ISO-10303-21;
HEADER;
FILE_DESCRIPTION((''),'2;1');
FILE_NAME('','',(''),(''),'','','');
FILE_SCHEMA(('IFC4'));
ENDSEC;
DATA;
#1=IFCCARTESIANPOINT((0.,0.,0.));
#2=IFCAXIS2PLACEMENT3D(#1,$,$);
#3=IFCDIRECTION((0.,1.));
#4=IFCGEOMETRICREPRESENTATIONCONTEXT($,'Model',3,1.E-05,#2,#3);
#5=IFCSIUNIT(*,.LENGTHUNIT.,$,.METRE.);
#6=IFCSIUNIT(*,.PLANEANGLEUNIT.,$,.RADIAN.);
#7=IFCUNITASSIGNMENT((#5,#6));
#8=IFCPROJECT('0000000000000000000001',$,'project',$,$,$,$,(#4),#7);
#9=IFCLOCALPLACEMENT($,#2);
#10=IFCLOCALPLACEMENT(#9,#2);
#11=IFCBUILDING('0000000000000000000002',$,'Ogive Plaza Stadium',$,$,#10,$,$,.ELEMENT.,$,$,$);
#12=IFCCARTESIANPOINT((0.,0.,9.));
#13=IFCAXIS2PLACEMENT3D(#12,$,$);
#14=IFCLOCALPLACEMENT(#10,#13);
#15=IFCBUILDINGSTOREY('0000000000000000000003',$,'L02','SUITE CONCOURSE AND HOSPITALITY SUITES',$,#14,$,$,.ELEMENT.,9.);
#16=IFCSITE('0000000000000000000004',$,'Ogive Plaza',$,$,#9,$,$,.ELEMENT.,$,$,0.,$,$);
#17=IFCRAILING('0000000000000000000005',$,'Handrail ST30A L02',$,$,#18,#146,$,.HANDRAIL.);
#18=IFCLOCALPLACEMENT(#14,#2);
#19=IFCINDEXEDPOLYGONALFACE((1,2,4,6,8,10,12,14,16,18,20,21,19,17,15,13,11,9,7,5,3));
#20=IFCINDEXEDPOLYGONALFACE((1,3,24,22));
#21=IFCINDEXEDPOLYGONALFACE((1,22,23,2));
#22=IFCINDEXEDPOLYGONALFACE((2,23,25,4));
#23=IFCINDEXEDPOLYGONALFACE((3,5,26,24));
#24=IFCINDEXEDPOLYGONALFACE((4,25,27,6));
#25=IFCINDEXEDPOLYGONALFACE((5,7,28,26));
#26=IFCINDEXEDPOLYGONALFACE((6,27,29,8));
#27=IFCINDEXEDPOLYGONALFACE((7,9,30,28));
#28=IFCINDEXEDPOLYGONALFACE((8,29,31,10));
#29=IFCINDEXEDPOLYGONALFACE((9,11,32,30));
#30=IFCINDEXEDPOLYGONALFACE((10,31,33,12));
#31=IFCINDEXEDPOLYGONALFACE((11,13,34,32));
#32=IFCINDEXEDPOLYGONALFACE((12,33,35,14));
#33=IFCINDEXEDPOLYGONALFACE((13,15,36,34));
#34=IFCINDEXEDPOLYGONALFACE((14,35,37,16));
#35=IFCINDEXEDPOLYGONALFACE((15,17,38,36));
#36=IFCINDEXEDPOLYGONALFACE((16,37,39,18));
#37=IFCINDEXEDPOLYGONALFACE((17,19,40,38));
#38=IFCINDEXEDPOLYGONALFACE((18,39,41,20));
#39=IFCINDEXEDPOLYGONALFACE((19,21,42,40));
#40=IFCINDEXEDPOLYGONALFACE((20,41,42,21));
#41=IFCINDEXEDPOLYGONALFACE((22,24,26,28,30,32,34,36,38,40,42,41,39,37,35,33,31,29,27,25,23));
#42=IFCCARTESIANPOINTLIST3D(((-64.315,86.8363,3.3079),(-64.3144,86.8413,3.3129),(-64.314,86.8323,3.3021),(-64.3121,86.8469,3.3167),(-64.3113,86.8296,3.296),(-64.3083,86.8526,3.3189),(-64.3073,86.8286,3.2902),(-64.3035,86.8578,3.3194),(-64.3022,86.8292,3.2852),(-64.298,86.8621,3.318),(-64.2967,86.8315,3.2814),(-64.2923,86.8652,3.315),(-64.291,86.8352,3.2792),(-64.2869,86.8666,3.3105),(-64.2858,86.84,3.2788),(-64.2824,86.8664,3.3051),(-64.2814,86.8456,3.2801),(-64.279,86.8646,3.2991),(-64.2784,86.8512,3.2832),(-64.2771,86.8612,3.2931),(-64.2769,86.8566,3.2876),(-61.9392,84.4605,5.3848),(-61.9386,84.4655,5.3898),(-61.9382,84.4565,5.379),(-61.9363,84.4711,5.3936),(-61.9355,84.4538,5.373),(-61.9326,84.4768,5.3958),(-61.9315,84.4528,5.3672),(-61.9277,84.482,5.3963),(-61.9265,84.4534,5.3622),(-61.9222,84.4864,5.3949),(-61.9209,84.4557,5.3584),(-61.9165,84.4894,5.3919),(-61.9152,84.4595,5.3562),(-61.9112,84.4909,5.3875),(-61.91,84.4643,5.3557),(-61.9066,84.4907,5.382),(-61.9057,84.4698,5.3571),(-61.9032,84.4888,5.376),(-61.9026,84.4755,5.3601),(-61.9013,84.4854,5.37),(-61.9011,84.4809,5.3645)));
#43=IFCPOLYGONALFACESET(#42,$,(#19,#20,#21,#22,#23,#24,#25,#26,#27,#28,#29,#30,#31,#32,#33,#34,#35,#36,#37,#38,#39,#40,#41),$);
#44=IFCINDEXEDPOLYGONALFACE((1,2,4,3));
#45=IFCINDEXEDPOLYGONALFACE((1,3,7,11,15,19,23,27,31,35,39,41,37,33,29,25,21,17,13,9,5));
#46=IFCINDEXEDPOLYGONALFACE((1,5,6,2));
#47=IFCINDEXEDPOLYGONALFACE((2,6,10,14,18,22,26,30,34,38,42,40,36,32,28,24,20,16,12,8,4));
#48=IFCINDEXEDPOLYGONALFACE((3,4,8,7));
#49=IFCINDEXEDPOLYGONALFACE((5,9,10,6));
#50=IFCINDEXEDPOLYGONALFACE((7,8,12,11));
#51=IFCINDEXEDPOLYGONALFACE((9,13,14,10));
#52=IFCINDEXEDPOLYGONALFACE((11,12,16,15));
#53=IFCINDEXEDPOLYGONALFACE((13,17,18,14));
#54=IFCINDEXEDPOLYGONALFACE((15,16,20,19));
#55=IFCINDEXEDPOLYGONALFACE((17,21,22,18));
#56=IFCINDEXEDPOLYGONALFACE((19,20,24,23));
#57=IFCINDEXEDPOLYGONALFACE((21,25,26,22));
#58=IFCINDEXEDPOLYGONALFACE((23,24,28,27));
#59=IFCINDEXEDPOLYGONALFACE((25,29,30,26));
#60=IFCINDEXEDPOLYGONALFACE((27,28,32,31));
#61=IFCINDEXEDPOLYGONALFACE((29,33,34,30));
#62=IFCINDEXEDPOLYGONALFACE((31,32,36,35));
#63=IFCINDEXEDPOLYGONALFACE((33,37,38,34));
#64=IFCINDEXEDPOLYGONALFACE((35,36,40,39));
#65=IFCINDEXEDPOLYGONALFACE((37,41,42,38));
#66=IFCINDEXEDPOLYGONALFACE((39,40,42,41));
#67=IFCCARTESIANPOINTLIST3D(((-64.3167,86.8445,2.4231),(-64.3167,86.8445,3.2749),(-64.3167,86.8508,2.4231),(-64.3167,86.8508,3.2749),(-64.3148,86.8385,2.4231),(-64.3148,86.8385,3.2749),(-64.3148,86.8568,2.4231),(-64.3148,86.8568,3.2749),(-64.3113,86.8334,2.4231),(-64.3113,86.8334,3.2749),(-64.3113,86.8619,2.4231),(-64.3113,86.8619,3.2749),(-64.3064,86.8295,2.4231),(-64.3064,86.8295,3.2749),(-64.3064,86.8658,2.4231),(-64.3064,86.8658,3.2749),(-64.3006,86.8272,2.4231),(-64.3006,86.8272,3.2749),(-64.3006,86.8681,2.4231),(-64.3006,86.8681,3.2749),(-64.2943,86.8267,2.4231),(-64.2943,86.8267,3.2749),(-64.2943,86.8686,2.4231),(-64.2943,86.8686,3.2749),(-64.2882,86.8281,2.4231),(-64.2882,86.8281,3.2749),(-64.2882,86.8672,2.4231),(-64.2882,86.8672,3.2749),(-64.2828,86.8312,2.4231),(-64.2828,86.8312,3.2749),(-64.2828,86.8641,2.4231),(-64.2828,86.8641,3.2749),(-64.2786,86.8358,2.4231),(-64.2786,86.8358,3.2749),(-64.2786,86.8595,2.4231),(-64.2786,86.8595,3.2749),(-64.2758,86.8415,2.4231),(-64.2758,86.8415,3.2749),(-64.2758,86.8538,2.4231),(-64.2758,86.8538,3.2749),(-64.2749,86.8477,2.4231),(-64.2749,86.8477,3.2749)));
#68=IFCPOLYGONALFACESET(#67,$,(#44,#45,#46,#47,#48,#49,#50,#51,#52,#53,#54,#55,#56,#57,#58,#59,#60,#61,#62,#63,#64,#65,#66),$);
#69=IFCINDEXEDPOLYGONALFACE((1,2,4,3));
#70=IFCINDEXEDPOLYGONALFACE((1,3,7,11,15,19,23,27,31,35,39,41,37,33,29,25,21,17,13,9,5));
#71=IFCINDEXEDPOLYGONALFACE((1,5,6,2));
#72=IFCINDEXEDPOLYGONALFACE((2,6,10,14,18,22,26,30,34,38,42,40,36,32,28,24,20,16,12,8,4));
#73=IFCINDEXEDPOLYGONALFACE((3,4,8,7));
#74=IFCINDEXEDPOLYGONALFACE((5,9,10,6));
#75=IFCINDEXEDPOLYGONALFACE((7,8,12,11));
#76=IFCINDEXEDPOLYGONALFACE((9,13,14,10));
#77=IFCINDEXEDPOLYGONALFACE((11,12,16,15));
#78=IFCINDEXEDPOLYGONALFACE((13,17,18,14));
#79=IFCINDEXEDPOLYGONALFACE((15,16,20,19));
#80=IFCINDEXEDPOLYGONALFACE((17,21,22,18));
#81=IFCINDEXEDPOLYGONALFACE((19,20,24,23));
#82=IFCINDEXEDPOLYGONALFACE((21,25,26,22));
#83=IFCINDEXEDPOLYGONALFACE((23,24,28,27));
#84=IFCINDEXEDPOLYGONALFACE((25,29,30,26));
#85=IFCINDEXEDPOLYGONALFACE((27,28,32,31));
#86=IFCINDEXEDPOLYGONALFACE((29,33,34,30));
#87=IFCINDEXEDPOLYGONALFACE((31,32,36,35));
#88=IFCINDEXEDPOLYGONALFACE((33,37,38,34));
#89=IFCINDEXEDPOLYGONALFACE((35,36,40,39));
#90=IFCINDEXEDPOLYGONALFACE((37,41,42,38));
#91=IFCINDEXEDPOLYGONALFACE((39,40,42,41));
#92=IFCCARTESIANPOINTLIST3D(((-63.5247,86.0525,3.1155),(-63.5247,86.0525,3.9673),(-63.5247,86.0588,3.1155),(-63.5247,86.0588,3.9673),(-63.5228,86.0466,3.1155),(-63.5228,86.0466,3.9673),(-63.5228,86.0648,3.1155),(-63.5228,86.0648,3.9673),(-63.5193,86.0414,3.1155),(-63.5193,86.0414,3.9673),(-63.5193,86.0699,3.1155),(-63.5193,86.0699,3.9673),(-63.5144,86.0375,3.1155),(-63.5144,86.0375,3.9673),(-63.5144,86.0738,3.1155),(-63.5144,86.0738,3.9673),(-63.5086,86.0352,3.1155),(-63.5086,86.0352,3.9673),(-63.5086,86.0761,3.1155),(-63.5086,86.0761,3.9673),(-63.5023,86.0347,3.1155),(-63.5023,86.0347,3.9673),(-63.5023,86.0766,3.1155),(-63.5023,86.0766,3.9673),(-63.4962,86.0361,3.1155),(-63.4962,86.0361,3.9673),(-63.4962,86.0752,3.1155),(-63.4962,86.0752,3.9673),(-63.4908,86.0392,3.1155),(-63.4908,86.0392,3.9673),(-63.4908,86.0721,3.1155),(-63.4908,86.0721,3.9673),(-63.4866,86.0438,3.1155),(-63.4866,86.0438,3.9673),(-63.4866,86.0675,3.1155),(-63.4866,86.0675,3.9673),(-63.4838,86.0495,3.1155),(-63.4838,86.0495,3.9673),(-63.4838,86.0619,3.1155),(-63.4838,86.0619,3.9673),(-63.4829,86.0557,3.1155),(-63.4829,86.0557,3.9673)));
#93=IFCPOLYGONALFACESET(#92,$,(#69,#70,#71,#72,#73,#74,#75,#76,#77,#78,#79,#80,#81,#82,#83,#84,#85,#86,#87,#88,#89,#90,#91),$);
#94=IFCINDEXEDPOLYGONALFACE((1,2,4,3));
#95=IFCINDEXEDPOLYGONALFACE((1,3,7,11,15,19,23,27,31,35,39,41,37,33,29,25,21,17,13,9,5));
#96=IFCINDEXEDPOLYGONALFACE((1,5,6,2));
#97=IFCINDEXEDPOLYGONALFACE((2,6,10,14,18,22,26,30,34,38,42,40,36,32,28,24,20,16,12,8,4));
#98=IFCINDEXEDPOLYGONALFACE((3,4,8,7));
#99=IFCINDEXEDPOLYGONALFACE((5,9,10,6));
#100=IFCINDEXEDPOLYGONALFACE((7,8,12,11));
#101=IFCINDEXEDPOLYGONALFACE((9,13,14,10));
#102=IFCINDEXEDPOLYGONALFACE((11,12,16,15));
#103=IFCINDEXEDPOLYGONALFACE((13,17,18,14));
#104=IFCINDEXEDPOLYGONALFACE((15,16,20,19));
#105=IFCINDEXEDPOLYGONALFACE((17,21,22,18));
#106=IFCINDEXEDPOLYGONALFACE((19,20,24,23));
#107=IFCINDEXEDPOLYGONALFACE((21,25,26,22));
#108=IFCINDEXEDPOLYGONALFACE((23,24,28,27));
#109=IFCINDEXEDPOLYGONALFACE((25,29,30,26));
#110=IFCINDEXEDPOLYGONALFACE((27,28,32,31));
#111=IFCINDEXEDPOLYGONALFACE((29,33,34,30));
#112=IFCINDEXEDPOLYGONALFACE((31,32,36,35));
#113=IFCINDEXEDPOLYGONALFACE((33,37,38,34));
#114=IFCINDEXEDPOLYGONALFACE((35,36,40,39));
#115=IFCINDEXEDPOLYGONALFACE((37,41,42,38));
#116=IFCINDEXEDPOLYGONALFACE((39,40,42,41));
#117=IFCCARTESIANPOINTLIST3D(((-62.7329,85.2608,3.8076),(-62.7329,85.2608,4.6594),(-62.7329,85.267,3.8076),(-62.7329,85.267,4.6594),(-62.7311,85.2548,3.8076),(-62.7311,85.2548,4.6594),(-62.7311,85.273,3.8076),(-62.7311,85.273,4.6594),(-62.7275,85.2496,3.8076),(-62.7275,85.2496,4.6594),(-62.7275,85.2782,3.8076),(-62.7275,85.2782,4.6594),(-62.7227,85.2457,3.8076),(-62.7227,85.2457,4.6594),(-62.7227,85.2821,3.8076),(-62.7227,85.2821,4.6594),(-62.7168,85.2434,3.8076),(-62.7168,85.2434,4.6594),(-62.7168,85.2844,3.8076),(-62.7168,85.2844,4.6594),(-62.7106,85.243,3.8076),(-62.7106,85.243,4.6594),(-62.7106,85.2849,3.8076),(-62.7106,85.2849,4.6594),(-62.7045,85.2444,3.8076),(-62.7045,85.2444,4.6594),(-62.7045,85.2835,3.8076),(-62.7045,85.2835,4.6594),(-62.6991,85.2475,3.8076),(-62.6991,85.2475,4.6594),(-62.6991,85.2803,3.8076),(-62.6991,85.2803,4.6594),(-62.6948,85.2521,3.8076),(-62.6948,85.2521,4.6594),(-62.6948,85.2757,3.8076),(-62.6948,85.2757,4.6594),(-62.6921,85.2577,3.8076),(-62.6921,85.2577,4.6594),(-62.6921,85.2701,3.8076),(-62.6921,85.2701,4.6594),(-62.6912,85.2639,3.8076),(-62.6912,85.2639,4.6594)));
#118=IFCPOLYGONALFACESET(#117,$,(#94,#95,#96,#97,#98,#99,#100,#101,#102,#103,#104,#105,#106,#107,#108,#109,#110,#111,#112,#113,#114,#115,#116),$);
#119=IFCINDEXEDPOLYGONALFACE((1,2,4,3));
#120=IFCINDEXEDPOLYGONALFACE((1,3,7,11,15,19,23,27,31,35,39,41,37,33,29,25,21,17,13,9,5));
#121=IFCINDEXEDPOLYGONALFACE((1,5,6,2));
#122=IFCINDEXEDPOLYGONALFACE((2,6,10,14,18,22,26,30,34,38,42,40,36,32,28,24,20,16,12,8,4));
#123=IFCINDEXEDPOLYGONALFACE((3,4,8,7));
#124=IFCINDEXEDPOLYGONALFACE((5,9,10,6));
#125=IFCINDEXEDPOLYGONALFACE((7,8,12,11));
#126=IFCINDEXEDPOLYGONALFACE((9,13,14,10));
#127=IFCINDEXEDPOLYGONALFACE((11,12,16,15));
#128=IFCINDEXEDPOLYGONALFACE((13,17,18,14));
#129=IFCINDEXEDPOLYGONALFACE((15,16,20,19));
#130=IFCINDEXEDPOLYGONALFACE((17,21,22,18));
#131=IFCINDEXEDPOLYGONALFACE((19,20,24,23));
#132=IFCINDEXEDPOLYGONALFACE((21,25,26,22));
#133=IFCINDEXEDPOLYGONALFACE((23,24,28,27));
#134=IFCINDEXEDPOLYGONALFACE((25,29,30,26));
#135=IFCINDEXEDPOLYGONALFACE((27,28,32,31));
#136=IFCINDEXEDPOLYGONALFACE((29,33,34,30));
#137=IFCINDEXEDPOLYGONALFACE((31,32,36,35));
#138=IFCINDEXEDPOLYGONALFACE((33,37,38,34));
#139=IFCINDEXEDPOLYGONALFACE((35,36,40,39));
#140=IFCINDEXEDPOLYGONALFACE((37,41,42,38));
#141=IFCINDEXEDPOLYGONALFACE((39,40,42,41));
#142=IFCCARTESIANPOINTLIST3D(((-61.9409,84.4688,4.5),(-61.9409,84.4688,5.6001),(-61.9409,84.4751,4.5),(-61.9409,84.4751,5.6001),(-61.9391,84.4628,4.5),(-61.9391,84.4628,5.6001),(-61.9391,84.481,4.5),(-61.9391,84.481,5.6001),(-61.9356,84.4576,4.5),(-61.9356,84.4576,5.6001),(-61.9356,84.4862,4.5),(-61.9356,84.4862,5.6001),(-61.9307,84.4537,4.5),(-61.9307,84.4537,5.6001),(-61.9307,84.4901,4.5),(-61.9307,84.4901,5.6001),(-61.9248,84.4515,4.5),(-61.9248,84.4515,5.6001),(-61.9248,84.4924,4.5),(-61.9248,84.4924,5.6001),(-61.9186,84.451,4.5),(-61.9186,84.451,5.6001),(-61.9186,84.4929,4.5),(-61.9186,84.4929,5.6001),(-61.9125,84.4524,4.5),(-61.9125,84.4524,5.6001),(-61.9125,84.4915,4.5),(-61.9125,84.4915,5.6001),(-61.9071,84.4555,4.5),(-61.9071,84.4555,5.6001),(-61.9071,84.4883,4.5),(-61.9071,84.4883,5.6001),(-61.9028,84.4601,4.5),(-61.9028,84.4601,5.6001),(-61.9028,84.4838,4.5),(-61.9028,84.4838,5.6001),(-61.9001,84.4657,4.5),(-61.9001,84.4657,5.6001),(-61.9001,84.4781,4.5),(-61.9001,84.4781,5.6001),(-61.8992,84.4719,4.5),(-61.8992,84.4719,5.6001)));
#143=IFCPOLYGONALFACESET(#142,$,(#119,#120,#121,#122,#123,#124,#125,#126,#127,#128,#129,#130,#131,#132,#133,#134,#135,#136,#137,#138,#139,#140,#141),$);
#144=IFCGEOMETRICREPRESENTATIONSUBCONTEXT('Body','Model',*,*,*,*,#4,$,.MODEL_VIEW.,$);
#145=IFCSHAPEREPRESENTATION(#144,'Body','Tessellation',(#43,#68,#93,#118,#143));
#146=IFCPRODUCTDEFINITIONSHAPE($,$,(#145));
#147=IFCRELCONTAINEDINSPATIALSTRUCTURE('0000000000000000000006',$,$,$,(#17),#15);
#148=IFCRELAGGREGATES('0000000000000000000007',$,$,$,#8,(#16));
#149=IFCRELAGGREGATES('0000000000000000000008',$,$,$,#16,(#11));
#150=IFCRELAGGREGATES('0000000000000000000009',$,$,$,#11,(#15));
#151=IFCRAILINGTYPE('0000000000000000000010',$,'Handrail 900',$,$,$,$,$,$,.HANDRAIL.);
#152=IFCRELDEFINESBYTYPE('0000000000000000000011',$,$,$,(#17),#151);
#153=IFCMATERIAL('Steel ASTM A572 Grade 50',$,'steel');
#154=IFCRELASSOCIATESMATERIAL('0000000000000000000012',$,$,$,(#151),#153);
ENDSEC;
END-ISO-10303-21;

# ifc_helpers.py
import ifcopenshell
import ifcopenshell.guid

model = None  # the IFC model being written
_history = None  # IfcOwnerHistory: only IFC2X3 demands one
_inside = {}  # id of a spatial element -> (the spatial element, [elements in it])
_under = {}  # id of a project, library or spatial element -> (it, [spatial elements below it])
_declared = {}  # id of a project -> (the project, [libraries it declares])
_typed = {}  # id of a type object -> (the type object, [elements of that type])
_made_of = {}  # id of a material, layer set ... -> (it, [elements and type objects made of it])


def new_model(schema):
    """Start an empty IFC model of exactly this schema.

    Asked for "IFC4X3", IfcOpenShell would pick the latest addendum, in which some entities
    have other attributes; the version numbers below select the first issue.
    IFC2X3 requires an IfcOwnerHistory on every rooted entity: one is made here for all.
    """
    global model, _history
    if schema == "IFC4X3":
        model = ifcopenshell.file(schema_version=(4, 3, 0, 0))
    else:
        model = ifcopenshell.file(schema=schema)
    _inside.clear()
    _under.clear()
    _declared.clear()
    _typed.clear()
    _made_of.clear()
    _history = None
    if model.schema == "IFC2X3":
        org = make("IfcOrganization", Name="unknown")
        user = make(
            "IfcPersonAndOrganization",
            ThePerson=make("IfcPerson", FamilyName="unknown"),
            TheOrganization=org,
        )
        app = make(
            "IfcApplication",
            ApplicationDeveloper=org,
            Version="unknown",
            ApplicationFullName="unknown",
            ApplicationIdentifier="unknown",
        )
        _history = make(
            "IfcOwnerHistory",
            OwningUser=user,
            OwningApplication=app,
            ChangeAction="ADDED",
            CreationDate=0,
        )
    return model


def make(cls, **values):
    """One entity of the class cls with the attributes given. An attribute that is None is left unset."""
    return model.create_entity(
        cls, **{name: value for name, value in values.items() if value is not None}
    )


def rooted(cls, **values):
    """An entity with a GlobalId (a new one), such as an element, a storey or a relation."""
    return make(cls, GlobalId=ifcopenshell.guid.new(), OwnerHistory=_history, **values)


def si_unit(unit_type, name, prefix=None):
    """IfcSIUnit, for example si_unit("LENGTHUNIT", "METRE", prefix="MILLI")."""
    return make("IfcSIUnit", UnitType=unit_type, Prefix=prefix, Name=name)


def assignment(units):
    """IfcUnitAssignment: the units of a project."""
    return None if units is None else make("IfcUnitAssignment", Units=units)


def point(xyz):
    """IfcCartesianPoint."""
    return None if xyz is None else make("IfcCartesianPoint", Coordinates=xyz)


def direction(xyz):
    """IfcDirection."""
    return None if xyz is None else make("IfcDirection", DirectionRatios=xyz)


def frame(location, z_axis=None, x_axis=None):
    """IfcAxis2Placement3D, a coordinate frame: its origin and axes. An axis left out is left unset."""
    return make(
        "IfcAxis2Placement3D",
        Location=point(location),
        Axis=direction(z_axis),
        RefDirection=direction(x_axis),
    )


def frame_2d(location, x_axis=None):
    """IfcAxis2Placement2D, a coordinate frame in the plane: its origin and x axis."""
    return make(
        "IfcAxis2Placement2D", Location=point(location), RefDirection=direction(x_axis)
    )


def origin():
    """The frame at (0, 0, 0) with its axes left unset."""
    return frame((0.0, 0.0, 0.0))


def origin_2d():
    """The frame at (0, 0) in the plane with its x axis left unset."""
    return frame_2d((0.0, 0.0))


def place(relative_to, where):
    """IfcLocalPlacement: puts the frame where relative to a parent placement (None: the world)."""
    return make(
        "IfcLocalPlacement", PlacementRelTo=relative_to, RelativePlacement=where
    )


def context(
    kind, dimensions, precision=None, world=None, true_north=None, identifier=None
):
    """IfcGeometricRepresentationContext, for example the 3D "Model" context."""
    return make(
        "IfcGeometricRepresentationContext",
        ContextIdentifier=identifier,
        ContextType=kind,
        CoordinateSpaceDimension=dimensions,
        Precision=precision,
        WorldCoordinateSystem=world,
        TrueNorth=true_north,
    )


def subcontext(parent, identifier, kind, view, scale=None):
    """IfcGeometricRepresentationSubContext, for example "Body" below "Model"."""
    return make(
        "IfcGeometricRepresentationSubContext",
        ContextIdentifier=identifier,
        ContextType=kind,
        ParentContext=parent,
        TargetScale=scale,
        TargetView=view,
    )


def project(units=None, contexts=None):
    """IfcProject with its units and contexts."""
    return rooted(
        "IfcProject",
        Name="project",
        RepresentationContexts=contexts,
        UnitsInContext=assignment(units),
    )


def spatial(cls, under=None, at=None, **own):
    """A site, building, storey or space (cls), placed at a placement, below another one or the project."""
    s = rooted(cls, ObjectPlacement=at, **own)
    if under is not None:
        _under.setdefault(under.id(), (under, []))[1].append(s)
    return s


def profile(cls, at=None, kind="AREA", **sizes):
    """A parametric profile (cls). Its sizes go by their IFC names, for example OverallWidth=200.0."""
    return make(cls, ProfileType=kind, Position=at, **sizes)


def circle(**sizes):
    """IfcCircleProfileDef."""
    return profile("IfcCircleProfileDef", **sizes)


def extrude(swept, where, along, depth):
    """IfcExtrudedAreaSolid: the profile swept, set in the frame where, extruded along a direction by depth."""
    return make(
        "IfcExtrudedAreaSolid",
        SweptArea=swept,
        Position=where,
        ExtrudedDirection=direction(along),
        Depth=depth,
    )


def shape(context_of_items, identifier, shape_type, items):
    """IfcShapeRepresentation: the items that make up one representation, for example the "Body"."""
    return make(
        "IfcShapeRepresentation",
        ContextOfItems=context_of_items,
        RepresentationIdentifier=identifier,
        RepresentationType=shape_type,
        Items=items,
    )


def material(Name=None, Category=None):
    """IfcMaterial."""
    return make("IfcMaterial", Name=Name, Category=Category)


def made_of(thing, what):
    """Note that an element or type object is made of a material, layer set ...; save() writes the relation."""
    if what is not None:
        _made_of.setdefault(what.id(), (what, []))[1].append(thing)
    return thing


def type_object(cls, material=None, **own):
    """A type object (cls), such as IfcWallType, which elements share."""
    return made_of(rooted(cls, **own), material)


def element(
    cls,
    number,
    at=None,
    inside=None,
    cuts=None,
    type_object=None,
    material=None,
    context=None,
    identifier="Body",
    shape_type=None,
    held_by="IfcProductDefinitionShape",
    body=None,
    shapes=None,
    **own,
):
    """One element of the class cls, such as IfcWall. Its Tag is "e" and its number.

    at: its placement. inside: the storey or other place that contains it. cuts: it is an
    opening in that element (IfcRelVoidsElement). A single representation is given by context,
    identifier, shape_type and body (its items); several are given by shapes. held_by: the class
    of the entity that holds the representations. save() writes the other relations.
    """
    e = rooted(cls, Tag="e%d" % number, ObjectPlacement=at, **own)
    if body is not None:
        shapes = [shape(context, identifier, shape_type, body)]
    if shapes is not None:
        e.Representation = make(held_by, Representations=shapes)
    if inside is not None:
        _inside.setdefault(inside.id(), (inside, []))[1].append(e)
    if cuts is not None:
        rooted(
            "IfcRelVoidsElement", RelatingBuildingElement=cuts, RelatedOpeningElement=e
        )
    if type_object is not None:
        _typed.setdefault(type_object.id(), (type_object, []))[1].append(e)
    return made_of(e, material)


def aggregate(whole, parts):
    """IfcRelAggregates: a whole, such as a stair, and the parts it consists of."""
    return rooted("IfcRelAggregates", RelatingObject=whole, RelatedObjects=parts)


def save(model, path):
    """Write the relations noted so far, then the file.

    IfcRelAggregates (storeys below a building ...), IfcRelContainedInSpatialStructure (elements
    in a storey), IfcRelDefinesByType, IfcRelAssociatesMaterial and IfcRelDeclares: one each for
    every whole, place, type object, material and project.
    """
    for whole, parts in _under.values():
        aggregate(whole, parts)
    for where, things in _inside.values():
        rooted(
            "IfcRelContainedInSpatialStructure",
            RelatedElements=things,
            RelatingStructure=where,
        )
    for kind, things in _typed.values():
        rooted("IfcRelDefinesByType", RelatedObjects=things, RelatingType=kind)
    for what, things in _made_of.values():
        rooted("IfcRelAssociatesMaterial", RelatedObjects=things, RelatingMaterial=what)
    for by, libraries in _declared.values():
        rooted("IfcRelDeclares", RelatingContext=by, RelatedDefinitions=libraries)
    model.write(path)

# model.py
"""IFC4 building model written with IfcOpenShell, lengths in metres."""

from ifc_helpers import new_model, si_unit, direction, frame, origin, origin_2d, place, context, subcontext, project, spatial, circle, extrude, material, type_object, element, save


model = new_model("IFC4")

# Units and contexts
model_context = context("Model", 3, precision=1e-05, world=origin(), true_north=direction((0.0, 1.0)))
body_context = subcontext(model_context, "Body", "Model", "MODEL_VIEW")
ifc_project = project(units=[si_unit("LENGTHUNIT", "METRE"), si_unit("PLANEANGLEUNIT", "RADIAN")], contexts=[model_context])

# Site, building, storey
site_placement = place(None, origin())
site = spatial("IfcSite", under=ifc_project, at=site_placement, Name="Ogive Plaza", CompositionType="ELEMENT", RefElevation=0.0)
building_placement = place(site_placement, origin())
building = spatial("IfcBuilding", under=site, at=building_placement, Name="Ogive Plaza Stadium", CompositionType="ELEMENT")
storey_placement = place(building_placement, frame((0.0, 0.0, 9.0)))
storey = spatial("IfcBuildingStorey", under=building, at=storey_placement, Name="L02", Description="SUITE CONCOURSE AND HOSPITALITY SUITES", CompositionType="ELEMENT", Elevation=9.0)

# Railing
ifc_material_1 = material(Name="Steel ASTM A572 Grade 50", Category="steel")
railing_type_1 = type_object("IfcRailingType", Name="Handrail 900", PredefinedType="HANDRAIL", material=ifc_material_1)
for number, where, name in (
    (1, (-64.2959, 86.8477, 2.4231), "Handrail ST30A L02"),
):
    element("IfcRailing", number, at=place(storey_placement, frame(where)), inside=storey, type_object=railing_type_1, Name=name, PredefinedType="HANDRAIL", context=body_context, shape_type="SweptSolid", body=[
        extrude(circle(Radius=0.0239, at=origin_2d()), frame((0.0, 0.0, 0.876), z_axis=(0.601466, -0.601466, 0.525811), x_axis=(0.707107, 0.707107, 0.0)), (0.0, 0.0, 1.0), 3.95),
        extrude(circle(Radius=0.021, at=origin_2d()), origin(), (0.0, 0.0, 1.0), 0.8518),
        extrude(circle(Radius=0.021, at=origin_2d()), frame((0.792, -0.792, 0.6924)), (0.0, 0.0, 1.0), 0.8518),
        extrude(circle(Radius=0.021, at=origin_2d()), frame((1.5837, -1.5837, 1.3845)), (0.0, 0.0, 1.0), 0.8518),
        extrude(circle(Radius=0.021, at=origin_2d()), frame((2.3757, -2.3757, 2.0769)), (0.0, 0.0, 1.0), 1.1001),
    ])

save(model, "model.ifc")
